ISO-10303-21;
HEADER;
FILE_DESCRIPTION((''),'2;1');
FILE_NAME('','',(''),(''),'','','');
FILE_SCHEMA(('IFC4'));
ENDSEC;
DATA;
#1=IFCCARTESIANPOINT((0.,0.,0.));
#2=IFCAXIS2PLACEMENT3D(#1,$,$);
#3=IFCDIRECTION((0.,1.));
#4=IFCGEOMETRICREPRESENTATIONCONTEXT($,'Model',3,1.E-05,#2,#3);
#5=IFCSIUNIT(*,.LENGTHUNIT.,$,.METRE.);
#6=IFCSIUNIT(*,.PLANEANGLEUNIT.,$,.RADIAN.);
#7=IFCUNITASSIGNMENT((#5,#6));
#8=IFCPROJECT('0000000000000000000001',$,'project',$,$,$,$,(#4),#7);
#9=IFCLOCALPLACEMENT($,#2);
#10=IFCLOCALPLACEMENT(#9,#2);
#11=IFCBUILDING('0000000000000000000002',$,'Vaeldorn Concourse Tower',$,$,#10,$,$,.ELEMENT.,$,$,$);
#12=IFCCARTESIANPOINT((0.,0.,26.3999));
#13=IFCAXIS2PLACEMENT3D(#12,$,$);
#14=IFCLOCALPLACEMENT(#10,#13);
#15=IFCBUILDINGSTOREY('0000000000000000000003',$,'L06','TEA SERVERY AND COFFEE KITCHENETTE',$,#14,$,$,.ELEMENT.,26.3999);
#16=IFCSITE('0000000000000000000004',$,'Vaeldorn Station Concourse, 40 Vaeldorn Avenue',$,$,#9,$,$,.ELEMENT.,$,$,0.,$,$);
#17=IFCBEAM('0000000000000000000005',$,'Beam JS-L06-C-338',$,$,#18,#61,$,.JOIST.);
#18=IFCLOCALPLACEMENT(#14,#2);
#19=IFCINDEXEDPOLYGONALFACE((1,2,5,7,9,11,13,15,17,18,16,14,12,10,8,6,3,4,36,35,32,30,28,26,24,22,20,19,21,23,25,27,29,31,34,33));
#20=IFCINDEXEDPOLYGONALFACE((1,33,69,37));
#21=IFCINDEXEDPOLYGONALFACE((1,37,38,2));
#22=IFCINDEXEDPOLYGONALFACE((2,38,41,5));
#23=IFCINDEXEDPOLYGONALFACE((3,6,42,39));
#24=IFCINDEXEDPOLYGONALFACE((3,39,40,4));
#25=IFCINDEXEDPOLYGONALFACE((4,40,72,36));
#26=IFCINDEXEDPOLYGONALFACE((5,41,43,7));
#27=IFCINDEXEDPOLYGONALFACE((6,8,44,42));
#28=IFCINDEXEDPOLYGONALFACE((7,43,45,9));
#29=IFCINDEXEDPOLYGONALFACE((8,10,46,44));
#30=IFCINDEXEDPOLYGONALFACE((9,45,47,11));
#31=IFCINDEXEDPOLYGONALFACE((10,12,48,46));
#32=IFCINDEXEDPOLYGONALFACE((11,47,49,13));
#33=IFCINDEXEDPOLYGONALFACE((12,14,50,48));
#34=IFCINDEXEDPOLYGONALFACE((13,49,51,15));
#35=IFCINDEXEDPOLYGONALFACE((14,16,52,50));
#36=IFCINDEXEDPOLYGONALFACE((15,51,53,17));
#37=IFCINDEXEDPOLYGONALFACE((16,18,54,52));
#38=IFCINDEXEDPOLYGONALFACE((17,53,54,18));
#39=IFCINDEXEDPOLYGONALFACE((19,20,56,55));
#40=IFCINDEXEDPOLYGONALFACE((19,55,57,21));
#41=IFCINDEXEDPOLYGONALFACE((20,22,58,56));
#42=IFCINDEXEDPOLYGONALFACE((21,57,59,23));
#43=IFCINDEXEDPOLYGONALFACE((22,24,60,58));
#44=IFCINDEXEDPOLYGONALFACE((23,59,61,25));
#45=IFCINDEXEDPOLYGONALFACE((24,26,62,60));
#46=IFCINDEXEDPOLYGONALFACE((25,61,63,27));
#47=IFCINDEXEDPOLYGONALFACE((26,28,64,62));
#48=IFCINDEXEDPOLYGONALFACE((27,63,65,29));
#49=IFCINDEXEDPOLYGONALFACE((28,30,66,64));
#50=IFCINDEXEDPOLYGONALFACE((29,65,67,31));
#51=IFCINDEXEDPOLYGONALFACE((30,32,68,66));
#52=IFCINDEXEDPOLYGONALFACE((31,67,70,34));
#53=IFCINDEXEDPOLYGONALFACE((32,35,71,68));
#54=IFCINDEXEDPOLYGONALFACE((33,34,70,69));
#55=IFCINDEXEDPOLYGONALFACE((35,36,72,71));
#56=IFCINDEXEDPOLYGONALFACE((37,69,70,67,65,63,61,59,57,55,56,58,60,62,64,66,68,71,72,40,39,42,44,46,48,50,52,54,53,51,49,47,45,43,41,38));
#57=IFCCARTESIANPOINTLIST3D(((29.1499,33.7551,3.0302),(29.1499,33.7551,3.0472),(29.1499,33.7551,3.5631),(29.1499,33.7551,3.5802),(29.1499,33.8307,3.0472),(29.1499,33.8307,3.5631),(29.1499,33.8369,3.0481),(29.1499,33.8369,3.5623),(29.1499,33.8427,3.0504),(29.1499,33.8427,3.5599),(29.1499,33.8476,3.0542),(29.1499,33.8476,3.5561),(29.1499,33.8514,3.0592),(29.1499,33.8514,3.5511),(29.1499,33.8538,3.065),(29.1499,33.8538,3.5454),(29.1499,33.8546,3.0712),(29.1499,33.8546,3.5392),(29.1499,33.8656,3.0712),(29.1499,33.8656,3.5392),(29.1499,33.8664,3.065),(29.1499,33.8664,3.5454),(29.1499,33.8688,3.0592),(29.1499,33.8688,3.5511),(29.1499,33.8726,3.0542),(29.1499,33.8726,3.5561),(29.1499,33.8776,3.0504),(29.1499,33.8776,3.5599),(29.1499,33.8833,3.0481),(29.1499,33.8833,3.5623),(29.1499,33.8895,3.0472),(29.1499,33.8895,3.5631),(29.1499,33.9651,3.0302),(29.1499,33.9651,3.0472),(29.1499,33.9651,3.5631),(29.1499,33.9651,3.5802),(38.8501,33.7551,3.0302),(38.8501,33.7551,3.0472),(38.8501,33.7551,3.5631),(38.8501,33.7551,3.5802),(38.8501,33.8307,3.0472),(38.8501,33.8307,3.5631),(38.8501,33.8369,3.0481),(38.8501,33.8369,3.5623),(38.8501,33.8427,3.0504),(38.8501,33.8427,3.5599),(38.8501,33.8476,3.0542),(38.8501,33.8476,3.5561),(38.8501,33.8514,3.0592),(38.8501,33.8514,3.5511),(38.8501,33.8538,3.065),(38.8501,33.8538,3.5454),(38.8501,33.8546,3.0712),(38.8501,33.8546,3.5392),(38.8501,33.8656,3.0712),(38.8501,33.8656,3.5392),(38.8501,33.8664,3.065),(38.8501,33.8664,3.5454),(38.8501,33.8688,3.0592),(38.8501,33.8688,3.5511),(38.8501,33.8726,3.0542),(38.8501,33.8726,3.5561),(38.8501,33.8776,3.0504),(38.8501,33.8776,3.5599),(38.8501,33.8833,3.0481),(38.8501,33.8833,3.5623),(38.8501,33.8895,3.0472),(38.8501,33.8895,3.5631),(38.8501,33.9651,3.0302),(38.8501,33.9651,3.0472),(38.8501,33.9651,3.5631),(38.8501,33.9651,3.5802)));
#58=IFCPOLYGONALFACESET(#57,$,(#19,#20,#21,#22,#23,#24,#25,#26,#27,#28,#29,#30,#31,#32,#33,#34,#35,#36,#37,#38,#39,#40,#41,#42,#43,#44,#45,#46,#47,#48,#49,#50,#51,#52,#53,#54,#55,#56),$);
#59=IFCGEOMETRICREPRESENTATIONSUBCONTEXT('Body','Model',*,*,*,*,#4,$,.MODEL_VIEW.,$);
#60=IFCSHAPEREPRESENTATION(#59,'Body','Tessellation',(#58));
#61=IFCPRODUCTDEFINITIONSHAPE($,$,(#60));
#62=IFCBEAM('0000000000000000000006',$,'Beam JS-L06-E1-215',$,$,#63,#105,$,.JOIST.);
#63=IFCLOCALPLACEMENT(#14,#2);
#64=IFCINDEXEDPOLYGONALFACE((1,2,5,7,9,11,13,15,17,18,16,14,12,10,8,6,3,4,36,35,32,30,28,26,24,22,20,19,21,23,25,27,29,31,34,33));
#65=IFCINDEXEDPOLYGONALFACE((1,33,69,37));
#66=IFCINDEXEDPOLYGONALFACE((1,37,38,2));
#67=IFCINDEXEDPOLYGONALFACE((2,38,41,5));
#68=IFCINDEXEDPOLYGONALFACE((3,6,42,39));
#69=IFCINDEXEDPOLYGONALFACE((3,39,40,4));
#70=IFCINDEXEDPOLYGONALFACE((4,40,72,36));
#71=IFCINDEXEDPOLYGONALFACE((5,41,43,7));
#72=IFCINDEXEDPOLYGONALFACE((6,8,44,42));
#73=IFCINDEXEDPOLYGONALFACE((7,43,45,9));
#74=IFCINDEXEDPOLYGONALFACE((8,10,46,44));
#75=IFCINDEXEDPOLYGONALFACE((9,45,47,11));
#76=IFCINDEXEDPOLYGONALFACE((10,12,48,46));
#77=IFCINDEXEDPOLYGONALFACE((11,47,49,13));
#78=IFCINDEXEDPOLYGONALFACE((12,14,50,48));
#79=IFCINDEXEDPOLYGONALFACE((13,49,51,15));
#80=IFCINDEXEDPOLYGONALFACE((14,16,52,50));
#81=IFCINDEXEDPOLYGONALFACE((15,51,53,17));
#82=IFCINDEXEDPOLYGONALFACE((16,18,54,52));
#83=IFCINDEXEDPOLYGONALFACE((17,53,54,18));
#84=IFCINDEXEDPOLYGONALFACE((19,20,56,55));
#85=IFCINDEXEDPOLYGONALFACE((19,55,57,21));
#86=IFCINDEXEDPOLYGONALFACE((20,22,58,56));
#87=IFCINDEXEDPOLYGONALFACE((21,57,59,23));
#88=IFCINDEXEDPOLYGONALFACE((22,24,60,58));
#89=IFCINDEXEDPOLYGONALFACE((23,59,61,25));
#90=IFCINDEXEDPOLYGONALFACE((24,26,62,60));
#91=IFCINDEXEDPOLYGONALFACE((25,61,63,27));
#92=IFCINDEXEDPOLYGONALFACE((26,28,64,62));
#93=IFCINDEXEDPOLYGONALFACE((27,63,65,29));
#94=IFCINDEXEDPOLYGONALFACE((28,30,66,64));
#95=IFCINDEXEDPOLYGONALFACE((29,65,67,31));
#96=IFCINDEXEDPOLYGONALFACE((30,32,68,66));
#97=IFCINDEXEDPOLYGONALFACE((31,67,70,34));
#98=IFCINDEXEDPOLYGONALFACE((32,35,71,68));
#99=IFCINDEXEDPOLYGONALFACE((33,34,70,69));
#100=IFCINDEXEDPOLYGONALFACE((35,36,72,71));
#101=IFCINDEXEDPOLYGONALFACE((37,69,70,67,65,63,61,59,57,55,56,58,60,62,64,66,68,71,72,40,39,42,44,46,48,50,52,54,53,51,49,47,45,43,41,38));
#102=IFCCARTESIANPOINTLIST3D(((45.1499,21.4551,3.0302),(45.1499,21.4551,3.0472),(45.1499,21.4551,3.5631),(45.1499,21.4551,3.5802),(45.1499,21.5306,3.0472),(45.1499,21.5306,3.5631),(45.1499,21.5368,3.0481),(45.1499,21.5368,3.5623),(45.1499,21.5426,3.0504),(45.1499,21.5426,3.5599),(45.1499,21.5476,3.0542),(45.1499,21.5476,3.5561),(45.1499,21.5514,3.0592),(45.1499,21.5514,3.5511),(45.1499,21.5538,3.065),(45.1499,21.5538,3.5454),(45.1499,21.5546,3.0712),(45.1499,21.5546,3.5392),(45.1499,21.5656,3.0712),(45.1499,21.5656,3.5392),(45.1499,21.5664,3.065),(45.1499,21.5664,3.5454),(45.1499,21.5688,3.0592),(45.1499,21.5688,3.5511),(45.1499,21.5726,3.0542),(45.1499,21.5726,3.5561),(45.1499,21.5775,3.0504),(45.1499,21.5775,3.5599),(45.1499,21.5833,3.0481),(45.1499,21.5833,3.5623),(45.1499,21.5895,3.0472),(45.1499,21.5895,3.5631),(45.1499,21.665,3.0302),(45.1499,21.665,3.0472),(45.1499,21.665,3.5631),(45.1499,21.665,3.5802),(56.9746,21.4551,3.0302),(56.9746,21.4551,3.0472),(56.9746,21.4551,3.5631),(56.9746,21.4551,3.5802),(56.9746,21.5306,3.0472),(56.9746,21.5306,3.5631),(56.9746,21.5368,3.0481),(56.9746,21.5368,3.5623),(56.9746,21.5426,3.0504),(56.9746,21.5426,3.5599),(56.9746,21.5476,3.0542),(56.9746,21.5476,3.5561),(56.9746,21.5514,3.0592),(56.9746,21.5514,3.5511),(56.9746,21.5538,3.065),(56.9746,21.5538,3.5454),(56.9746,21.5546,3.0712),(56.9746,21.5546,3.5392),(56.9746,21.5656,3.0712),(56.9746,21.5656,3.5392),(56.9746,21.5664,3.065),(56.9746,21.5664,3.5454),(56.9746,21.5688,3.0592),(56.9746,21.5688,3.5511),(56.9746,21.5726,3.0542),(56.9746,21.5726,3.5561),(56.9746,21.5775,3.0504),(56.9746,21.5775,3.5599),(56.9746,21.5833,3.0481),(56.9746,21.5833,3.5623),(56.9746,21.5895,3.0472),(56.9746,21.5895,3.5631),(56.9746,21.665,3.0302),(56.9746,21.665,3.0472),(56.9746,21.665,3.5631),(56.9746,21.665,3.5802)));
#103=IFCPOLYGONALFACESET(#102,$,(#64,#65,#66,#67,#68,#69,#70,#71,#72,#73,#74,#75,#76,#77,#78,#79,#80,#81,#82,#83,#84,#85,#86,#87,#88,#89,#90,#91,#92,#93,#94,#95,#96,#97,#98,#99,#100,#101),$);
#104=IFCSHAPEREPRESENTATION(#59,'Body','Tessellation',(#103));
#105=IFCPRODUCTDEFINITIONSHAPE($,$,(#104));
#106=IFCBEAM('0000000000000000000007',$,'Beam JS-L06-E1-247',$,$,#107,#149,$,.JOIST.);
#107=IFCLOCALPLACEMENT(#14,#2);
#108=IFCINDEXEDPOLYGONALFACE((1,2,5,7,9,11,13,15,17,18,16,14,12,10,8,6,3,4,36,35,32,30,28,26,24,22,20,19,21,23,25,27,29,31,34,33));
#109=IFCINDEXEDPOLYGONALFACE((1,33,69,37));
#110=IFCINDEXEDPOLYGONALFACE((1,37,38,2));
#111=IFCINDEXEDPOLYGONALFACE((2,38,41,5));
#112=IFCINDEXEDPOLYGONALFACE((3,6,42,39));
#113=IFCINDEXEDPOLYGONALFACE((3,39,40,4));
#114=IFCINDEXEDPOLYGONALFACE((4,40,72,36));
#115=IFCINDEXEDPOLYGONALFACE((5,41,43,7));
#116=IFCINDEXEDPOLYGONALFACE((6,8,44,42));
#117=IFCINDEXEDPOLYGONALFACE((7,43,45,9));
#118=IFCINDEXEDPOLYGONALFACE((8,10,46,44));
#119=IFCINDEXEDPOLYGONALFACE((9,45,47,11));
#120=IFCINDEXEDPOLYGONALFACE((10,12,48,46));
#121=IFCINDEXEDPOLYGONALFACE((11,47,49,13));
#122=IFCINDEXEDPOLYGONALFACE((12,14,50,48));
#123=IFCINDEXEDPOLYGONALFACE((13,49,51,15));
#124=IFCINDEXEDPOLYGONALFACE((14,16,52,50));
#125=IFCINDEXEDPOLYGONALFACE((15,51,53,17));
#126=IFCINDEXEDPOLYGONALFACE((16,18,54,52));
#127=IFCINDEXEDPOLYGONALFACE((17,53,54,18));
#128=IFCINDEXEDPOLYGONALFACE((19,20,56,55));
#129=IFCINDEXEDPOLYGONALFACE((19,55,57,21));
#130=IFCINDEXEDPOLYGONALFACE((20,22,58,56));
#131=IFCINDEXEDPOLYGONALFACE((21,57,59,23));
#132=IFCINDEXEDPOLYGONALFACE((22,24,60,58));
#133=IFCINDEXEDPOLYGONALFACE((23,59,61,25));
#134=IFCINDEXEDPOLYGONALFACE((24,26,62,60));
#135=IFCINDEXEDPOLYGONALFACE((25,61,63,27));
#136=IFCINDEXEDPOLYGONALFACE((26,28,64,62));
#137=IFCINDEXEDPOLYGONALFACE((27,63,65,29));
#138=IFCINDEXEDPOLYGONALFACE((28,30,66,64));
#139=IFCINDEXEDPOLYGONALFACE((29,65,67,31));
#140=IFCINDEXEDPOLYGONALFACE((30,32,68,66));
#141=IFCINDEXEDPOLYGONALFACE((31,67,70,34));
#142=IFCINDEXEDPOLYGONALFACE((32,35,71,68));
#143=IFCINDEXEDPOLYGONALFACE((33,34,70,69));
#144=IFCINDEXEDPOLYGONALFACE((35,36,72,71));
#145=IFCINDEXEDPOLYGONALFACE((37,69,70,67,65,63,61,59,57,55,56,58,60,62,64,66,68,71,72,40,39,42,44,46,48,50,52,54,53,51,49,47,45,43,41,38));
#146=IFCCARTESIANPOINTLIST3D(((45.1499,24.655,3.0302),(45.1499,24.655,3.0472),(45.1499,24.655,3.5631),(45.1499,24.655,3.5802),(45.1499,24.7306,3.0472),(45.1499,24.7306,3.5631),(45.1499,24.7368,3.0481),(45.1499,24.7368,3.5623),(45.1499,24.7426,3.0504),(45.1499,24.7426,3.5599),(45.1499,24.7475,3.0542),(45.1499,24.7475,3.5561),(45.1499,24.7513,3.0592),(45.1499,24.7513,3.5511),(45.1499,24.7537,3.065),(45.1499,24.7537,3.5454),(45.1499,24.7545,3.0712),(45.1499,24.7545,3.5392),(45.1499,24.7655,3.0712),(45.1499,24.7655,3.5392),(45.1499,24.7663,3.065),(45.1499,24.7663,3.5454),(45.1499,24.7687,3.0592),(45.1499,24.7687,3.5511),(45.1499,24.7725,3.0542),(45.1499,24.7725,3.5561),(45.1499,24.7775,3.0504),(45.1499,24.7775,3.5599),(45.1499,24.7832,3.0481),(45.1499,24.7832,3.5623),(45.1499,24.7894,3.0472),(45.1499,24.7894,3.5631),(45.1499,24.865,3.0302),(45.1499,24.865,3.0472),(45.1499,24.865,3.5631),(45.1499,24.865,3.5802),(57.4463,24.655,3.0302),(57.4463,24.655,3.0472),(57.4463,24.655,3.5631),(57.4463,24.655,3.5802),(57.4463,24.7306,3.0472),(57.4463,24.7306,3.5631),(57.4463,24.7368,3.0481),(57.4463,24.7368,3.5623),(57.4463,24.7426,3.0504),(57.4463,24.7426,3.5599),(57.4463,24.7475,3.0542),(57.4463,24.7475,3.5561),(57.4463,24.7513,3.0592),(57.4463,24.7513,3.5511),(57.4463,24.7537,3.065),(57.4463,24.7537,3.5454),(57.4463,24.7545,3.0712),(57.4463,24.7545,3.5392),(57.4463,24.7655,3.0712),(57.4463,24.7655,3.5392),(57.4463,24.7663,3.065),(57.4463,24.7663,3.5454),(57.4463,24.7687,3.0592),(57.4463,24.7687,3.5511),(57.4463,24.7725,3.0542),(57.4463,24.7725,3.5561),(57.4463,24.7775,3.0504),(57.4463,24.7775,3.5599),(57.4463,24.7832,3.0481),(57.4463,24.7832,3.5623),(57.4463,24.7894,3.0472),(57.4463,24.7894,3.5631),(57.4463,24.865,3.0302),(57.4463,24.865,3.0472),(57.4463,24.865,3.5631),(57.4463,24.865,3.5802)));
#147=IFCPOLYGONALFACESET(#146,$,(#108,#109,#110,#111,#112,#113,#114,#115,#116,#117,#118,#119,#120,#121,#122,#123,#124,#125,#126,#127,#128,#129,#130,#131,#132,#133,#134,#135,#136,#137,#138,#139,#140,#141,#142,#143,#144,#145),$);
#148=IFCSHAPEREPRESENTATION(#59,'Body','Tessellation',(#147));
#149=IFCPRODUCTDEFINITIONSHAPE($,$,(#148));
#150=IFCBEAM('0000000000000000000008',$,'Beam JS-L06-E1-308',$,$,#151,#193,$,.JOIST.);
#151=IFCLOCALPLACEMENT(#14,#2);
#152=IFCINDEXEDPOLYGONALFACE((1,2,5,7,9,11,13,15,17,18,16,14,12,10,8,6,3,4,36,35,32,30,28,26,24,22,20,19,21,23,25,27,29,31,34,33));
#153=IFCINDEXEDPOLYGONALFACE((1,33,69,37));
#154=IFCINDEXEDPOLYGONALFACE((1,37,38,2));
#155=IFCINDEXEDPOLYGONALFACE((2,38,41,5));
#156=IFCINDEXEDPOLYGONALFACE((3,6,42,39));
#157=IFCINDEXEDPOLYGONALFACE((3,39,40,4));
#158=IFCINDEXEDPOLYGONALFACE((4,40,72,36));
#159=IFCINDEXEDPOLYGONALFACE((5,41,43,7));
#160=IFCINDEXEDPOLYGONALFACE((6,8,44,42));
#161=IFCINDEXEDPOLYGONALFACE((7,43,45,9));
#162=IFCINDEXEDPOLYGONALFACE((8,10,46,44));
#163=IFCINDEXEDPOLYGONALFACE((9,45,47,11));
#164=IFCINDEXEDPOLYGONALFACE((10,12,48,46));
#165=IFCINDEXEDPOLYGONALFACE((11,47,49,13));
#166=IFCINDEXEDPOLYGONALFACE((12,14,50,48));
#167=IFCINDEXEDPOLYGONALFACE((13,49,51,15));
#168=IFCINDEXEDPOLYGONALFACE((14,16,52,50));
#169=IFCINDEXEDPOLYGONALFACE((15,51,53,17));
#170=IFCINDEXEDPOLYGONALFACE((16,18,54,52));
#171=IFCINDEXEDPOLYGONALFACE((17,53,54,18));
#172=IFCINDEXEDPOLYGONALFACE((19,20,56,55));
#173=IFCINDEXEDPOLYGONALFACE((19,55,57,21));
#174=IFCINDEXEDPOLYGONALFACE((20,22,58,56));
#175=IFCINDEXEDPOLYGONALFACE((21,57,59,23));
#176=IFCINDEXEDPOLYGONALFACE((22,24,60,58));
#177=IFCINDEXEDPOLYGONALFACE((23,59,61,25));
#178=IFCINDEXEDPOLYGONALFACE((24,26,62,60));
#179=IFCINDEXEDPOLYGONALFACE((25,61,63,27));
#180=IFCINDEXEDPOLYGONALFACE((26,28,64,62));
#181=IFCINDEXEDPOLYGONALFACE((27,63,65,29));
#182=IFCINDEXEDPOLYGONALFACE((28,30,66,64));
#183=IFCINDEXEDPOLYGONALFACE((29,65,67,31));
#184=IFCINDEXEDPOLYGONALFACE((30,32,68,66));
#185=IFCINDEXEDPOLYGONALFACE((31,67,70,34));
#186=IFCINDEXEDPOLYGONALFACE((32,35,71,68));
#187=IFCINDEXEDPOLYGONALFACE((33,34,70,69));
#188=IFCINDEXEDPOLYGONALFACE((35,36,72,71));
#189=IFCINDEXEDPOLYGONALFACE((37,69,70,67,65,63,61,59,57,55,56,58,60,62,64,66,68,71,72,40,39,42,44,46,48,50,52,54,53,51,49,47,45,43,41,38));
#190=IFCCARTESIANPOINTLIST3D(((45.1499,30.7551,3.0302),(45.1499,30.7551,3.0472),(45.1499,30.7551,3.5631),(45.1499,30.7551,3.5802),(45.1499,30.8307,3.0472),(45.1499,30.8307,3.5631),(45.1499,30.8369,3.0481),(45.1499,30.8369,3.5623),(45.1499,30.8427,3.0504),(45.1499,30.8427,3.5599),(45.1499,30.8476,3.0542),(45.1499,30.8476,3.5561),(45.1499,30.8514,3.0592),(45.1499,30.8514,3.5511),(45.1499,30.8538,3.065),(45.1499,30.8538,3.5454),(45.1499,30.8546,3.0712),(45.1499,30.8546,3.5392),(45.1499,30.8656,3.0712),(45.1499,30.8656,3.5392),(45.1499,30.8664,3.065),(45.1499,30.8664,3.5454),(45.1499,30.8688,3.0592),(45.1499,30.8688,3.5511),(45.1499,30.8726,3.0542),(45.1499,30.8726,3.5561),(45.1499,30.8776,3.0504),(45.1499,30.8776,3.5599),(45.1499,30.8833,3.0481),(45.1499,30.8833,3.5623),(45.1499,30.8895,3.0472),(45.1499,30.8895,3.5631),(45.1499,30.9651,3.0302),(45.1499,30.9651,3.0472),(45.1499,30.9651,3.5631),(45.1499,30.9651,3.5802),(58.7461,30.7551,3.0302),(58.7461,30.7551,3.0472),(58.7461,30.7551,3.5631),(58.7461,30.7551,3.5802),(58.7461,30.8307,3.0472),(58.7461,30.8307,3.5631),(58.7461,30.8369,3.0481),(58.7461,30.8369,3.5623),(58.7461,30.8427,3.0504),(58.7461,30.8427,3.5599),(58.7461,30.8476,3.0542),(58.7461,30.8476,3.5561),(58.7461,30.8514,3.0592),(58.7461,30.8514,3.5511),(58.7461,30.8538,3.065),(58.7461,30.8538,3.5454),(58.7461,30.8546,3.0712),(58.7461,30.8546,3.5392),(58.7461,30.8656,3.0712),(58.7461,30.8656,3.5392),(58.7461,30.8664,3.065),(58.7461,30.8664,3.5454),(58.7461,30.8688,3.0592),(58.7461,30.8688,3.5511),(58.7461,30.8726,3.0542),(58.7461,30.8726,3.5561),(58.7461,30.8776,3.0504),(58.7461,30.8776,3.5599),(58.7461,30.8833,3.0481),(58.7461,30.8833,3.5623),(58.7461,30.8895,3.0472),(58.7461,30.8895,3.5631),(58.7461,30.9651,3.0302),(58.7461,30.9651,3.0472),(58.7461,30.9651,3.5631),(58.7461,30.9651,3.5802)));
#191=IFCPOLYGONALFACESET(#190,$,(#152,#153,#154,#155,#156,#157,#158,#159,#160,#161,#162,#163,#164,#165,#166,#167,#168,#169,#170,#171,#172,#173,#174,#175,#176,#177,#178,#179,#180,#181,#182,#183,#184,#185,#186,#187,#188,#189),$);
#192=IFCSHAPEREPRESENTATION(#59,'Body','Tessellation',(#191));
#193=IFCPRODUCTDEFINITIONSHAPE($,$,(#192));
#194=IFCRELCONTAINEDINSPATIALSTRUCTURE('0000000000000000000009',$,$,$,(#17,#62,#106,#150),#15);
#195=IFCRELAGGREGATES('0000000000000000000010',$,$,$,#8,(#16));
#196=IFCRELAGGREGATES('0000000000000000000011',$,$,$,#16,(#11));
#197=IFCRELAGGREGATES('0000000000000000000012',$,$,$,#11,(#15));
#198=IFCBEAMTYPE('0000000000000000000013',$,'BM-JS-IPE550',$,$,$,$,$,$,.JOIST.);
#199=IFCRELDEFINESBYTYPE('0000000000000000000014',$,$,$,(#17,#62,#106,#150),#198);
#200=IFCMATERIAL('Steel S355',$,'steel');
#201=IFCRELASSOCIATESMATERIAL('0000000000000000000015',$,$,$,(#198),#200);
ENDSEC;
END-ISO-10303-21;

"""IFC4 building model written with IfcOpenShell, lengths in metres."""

from ifc_helpers import new_model, si_unit, direction, frame, origin, origin_2d, place, context, subcontext, project, spatial, i_section, extrude, source, transform, mapped, material, material_profile, profile_set, type_object, element, save


model = new_model("IFC4")

# Units and contexts
model_context = context("Model", 3, precision=1e-05, world=origin(), true_north=direction((0.0, 1.0)))
body_context = subcontext(model_context, "Body", "Model", "MODEL_VIEW")
ifc_project = project(units=[si_unit("LENGTHUNIT", "METRE"), si_unit("PLANEANGLEUNIT", "RADIAN")], contexts=[model_context])

# Site, building, storey
site_placement = place(None, origin())
site = spatial("IfcSite", under=ifc_project, at=site_placement, Name="Vaeldorn Station Concourse, 40 Vaeldorn Avenue", CompositionType="ELEMENT", RefElevation=0.0)
building_placement = place(site_placement, origin())
building = spatial("IfcBuilding", under=site, at=building_placement, Name="Vaeldorn Concourse Tower", CompositionType="ELEMENT")
storey_placement = place(building_placement, frame((0.0, 0.0, 26.3999)))
storey = spatial("IfcBuildingStorey", under=building, at=storey_placement, Name="L06", Description="TEA SERVERY AND COFFEE KITCHENETTE", CompositionType="ELEMENT", Elevation=26.3999)

# Beams
ifc_material_1 = material(Name="Steel S355", Category="steel")
ifc_material_profile_1 = material_profile(ifc_material_1, i_section(OverallWidth=0.21, OverallDepth=0.55, WebThickness=0.011, FlangeThickness=0.0171, FilletRadius=0.0239, at=origin_2d()), Name="IPE 550")
ifc_profile_set_1 = profile_set([ifc_material_profile_1], Name="Steel S355")
beam_type_1 = type_object("IfcBeamType", Name="BM-JS-IPE550", PredefinedType="JOIST", material=ifc_profile_set_1)
shared_shape_1 = source(origin(), body_context, "Body", "SweptSolid", [
    extrude(i_section(OverallWidth=0.21, OverallDepth=0.55, WebThickness=0.011, FlangeThickness=0.0171, FilletRadius=0.0239, at=origin_2d()), origin(), (0.0, 0.0, 1.0), 9.7002),
])
for number, where, z_axis, x_axis, name in (
    (1, (29.1499, 33.8601, 3.3052), (1.0, 0.0, 0.0), (0.0, 1.0, 0.0), "Beam JS-L06-C-338"),
):
    element("IfcBeam", number, at=place(storey_placement, frame(where, z_axis=z_axis, x_axis=x_axis)), inside=storey, type_object=beam_type_1, Name=name, PredefinedType="JOIST", context=body_context, shape_type="MappedRepresentation", body=[
        mapped(shared_shape_1, transform((0.0, 0.0, 0.0), scale=1.0)),
    ])
shared_shape_2 = source(origin(), body_context, "Body", "SweptSolid", [
    extrude(i_section(OverallWidth=0.21, OverallDepth=0.55, WebThickness=0.011, FlangeThickness=0.0171, FilletRadius=0.0239, at=origin_2d()), origin(), (0.0, 0.0, 1.0), 11.8247),
])
beam_1_placement = place(storey_placement, frame((45.1499, 21.5601, 3.3052), z_axis=(1.0, 0.0, 0.0), x_axis=(0.0, 1.0, 0.0)))
element("IfcBeam", 2, at=beam_1_placement, inside=storey, type_object=beam_type_1, Name="Beam JS-L06-E1-215", PredefinedType="JOIST", context=body_context, shape_type="MappedRepresentation", body=[
    mapped(shared_shape_2, transform((0.0, 0.0, 0.0), scale=1.0)),
])
shared_shape_3 = source(origin(), body_context, "Body", "SweptSolid", [
    extrude(i_section(OverallWidth=0.21, OverallDepth=0.55, WebThickness=0.011, FlangeThickness=0.0171, FilletRadius=0.0239, at=origin_2d()), origin(), (0.0, 0.0, 1.0), 12.2964),
])
beam_2_placement = place(storey_placement, frame((45.1499, 24.76, 3.3052), z_axis=(1.0, 0.0, 0.0), x_axis=(0.0, 1.0, 0.0)))
element("IfcBeam", 3, at=beam_2_placement, inside=storey, type_object=beam_type_1, Name="Beam JS-L06-E1-247", PredefinedType="JOIST", context=body_context, shape_type="MappedRepresentation", body=[
    mapped(shared_shape_3, transform((0.0, 0.0, 0.0), scale=1.0)),
])
shared_shape_4 = source(origin(), body_context, "Body", "SweptSolid", [
    extrude(i_section(OverallWidth=0.21, OverallDepth=0.55, WebThickness=0.011, FlangeThickness=0.0171, FilletRadius=0.0239, at=origin_2d()), origin(), (0.0, 0.0, 1.0), 13.5962),
])
beam_3_placement = place(storey_placement, frame((45.1499, 30.8601, 3.3052), z_axis=(1.0, 0.0, 0.0), x_axis=(0.0, 1.0, 0.0)))
element("IfcBeam", 4, at=beam_3_placement, inside=storey, type_object=beam_type_1, Name="Beam JS-L06-E1-308", PredefinedType="JOIST", context=body_context, shape_type="MappedRepresentation", body=[
    mapped(shared_shape_4, transform((0.0, 0.0, 0.0), scale=1.0)),
])

save(model, "model.ifc")
